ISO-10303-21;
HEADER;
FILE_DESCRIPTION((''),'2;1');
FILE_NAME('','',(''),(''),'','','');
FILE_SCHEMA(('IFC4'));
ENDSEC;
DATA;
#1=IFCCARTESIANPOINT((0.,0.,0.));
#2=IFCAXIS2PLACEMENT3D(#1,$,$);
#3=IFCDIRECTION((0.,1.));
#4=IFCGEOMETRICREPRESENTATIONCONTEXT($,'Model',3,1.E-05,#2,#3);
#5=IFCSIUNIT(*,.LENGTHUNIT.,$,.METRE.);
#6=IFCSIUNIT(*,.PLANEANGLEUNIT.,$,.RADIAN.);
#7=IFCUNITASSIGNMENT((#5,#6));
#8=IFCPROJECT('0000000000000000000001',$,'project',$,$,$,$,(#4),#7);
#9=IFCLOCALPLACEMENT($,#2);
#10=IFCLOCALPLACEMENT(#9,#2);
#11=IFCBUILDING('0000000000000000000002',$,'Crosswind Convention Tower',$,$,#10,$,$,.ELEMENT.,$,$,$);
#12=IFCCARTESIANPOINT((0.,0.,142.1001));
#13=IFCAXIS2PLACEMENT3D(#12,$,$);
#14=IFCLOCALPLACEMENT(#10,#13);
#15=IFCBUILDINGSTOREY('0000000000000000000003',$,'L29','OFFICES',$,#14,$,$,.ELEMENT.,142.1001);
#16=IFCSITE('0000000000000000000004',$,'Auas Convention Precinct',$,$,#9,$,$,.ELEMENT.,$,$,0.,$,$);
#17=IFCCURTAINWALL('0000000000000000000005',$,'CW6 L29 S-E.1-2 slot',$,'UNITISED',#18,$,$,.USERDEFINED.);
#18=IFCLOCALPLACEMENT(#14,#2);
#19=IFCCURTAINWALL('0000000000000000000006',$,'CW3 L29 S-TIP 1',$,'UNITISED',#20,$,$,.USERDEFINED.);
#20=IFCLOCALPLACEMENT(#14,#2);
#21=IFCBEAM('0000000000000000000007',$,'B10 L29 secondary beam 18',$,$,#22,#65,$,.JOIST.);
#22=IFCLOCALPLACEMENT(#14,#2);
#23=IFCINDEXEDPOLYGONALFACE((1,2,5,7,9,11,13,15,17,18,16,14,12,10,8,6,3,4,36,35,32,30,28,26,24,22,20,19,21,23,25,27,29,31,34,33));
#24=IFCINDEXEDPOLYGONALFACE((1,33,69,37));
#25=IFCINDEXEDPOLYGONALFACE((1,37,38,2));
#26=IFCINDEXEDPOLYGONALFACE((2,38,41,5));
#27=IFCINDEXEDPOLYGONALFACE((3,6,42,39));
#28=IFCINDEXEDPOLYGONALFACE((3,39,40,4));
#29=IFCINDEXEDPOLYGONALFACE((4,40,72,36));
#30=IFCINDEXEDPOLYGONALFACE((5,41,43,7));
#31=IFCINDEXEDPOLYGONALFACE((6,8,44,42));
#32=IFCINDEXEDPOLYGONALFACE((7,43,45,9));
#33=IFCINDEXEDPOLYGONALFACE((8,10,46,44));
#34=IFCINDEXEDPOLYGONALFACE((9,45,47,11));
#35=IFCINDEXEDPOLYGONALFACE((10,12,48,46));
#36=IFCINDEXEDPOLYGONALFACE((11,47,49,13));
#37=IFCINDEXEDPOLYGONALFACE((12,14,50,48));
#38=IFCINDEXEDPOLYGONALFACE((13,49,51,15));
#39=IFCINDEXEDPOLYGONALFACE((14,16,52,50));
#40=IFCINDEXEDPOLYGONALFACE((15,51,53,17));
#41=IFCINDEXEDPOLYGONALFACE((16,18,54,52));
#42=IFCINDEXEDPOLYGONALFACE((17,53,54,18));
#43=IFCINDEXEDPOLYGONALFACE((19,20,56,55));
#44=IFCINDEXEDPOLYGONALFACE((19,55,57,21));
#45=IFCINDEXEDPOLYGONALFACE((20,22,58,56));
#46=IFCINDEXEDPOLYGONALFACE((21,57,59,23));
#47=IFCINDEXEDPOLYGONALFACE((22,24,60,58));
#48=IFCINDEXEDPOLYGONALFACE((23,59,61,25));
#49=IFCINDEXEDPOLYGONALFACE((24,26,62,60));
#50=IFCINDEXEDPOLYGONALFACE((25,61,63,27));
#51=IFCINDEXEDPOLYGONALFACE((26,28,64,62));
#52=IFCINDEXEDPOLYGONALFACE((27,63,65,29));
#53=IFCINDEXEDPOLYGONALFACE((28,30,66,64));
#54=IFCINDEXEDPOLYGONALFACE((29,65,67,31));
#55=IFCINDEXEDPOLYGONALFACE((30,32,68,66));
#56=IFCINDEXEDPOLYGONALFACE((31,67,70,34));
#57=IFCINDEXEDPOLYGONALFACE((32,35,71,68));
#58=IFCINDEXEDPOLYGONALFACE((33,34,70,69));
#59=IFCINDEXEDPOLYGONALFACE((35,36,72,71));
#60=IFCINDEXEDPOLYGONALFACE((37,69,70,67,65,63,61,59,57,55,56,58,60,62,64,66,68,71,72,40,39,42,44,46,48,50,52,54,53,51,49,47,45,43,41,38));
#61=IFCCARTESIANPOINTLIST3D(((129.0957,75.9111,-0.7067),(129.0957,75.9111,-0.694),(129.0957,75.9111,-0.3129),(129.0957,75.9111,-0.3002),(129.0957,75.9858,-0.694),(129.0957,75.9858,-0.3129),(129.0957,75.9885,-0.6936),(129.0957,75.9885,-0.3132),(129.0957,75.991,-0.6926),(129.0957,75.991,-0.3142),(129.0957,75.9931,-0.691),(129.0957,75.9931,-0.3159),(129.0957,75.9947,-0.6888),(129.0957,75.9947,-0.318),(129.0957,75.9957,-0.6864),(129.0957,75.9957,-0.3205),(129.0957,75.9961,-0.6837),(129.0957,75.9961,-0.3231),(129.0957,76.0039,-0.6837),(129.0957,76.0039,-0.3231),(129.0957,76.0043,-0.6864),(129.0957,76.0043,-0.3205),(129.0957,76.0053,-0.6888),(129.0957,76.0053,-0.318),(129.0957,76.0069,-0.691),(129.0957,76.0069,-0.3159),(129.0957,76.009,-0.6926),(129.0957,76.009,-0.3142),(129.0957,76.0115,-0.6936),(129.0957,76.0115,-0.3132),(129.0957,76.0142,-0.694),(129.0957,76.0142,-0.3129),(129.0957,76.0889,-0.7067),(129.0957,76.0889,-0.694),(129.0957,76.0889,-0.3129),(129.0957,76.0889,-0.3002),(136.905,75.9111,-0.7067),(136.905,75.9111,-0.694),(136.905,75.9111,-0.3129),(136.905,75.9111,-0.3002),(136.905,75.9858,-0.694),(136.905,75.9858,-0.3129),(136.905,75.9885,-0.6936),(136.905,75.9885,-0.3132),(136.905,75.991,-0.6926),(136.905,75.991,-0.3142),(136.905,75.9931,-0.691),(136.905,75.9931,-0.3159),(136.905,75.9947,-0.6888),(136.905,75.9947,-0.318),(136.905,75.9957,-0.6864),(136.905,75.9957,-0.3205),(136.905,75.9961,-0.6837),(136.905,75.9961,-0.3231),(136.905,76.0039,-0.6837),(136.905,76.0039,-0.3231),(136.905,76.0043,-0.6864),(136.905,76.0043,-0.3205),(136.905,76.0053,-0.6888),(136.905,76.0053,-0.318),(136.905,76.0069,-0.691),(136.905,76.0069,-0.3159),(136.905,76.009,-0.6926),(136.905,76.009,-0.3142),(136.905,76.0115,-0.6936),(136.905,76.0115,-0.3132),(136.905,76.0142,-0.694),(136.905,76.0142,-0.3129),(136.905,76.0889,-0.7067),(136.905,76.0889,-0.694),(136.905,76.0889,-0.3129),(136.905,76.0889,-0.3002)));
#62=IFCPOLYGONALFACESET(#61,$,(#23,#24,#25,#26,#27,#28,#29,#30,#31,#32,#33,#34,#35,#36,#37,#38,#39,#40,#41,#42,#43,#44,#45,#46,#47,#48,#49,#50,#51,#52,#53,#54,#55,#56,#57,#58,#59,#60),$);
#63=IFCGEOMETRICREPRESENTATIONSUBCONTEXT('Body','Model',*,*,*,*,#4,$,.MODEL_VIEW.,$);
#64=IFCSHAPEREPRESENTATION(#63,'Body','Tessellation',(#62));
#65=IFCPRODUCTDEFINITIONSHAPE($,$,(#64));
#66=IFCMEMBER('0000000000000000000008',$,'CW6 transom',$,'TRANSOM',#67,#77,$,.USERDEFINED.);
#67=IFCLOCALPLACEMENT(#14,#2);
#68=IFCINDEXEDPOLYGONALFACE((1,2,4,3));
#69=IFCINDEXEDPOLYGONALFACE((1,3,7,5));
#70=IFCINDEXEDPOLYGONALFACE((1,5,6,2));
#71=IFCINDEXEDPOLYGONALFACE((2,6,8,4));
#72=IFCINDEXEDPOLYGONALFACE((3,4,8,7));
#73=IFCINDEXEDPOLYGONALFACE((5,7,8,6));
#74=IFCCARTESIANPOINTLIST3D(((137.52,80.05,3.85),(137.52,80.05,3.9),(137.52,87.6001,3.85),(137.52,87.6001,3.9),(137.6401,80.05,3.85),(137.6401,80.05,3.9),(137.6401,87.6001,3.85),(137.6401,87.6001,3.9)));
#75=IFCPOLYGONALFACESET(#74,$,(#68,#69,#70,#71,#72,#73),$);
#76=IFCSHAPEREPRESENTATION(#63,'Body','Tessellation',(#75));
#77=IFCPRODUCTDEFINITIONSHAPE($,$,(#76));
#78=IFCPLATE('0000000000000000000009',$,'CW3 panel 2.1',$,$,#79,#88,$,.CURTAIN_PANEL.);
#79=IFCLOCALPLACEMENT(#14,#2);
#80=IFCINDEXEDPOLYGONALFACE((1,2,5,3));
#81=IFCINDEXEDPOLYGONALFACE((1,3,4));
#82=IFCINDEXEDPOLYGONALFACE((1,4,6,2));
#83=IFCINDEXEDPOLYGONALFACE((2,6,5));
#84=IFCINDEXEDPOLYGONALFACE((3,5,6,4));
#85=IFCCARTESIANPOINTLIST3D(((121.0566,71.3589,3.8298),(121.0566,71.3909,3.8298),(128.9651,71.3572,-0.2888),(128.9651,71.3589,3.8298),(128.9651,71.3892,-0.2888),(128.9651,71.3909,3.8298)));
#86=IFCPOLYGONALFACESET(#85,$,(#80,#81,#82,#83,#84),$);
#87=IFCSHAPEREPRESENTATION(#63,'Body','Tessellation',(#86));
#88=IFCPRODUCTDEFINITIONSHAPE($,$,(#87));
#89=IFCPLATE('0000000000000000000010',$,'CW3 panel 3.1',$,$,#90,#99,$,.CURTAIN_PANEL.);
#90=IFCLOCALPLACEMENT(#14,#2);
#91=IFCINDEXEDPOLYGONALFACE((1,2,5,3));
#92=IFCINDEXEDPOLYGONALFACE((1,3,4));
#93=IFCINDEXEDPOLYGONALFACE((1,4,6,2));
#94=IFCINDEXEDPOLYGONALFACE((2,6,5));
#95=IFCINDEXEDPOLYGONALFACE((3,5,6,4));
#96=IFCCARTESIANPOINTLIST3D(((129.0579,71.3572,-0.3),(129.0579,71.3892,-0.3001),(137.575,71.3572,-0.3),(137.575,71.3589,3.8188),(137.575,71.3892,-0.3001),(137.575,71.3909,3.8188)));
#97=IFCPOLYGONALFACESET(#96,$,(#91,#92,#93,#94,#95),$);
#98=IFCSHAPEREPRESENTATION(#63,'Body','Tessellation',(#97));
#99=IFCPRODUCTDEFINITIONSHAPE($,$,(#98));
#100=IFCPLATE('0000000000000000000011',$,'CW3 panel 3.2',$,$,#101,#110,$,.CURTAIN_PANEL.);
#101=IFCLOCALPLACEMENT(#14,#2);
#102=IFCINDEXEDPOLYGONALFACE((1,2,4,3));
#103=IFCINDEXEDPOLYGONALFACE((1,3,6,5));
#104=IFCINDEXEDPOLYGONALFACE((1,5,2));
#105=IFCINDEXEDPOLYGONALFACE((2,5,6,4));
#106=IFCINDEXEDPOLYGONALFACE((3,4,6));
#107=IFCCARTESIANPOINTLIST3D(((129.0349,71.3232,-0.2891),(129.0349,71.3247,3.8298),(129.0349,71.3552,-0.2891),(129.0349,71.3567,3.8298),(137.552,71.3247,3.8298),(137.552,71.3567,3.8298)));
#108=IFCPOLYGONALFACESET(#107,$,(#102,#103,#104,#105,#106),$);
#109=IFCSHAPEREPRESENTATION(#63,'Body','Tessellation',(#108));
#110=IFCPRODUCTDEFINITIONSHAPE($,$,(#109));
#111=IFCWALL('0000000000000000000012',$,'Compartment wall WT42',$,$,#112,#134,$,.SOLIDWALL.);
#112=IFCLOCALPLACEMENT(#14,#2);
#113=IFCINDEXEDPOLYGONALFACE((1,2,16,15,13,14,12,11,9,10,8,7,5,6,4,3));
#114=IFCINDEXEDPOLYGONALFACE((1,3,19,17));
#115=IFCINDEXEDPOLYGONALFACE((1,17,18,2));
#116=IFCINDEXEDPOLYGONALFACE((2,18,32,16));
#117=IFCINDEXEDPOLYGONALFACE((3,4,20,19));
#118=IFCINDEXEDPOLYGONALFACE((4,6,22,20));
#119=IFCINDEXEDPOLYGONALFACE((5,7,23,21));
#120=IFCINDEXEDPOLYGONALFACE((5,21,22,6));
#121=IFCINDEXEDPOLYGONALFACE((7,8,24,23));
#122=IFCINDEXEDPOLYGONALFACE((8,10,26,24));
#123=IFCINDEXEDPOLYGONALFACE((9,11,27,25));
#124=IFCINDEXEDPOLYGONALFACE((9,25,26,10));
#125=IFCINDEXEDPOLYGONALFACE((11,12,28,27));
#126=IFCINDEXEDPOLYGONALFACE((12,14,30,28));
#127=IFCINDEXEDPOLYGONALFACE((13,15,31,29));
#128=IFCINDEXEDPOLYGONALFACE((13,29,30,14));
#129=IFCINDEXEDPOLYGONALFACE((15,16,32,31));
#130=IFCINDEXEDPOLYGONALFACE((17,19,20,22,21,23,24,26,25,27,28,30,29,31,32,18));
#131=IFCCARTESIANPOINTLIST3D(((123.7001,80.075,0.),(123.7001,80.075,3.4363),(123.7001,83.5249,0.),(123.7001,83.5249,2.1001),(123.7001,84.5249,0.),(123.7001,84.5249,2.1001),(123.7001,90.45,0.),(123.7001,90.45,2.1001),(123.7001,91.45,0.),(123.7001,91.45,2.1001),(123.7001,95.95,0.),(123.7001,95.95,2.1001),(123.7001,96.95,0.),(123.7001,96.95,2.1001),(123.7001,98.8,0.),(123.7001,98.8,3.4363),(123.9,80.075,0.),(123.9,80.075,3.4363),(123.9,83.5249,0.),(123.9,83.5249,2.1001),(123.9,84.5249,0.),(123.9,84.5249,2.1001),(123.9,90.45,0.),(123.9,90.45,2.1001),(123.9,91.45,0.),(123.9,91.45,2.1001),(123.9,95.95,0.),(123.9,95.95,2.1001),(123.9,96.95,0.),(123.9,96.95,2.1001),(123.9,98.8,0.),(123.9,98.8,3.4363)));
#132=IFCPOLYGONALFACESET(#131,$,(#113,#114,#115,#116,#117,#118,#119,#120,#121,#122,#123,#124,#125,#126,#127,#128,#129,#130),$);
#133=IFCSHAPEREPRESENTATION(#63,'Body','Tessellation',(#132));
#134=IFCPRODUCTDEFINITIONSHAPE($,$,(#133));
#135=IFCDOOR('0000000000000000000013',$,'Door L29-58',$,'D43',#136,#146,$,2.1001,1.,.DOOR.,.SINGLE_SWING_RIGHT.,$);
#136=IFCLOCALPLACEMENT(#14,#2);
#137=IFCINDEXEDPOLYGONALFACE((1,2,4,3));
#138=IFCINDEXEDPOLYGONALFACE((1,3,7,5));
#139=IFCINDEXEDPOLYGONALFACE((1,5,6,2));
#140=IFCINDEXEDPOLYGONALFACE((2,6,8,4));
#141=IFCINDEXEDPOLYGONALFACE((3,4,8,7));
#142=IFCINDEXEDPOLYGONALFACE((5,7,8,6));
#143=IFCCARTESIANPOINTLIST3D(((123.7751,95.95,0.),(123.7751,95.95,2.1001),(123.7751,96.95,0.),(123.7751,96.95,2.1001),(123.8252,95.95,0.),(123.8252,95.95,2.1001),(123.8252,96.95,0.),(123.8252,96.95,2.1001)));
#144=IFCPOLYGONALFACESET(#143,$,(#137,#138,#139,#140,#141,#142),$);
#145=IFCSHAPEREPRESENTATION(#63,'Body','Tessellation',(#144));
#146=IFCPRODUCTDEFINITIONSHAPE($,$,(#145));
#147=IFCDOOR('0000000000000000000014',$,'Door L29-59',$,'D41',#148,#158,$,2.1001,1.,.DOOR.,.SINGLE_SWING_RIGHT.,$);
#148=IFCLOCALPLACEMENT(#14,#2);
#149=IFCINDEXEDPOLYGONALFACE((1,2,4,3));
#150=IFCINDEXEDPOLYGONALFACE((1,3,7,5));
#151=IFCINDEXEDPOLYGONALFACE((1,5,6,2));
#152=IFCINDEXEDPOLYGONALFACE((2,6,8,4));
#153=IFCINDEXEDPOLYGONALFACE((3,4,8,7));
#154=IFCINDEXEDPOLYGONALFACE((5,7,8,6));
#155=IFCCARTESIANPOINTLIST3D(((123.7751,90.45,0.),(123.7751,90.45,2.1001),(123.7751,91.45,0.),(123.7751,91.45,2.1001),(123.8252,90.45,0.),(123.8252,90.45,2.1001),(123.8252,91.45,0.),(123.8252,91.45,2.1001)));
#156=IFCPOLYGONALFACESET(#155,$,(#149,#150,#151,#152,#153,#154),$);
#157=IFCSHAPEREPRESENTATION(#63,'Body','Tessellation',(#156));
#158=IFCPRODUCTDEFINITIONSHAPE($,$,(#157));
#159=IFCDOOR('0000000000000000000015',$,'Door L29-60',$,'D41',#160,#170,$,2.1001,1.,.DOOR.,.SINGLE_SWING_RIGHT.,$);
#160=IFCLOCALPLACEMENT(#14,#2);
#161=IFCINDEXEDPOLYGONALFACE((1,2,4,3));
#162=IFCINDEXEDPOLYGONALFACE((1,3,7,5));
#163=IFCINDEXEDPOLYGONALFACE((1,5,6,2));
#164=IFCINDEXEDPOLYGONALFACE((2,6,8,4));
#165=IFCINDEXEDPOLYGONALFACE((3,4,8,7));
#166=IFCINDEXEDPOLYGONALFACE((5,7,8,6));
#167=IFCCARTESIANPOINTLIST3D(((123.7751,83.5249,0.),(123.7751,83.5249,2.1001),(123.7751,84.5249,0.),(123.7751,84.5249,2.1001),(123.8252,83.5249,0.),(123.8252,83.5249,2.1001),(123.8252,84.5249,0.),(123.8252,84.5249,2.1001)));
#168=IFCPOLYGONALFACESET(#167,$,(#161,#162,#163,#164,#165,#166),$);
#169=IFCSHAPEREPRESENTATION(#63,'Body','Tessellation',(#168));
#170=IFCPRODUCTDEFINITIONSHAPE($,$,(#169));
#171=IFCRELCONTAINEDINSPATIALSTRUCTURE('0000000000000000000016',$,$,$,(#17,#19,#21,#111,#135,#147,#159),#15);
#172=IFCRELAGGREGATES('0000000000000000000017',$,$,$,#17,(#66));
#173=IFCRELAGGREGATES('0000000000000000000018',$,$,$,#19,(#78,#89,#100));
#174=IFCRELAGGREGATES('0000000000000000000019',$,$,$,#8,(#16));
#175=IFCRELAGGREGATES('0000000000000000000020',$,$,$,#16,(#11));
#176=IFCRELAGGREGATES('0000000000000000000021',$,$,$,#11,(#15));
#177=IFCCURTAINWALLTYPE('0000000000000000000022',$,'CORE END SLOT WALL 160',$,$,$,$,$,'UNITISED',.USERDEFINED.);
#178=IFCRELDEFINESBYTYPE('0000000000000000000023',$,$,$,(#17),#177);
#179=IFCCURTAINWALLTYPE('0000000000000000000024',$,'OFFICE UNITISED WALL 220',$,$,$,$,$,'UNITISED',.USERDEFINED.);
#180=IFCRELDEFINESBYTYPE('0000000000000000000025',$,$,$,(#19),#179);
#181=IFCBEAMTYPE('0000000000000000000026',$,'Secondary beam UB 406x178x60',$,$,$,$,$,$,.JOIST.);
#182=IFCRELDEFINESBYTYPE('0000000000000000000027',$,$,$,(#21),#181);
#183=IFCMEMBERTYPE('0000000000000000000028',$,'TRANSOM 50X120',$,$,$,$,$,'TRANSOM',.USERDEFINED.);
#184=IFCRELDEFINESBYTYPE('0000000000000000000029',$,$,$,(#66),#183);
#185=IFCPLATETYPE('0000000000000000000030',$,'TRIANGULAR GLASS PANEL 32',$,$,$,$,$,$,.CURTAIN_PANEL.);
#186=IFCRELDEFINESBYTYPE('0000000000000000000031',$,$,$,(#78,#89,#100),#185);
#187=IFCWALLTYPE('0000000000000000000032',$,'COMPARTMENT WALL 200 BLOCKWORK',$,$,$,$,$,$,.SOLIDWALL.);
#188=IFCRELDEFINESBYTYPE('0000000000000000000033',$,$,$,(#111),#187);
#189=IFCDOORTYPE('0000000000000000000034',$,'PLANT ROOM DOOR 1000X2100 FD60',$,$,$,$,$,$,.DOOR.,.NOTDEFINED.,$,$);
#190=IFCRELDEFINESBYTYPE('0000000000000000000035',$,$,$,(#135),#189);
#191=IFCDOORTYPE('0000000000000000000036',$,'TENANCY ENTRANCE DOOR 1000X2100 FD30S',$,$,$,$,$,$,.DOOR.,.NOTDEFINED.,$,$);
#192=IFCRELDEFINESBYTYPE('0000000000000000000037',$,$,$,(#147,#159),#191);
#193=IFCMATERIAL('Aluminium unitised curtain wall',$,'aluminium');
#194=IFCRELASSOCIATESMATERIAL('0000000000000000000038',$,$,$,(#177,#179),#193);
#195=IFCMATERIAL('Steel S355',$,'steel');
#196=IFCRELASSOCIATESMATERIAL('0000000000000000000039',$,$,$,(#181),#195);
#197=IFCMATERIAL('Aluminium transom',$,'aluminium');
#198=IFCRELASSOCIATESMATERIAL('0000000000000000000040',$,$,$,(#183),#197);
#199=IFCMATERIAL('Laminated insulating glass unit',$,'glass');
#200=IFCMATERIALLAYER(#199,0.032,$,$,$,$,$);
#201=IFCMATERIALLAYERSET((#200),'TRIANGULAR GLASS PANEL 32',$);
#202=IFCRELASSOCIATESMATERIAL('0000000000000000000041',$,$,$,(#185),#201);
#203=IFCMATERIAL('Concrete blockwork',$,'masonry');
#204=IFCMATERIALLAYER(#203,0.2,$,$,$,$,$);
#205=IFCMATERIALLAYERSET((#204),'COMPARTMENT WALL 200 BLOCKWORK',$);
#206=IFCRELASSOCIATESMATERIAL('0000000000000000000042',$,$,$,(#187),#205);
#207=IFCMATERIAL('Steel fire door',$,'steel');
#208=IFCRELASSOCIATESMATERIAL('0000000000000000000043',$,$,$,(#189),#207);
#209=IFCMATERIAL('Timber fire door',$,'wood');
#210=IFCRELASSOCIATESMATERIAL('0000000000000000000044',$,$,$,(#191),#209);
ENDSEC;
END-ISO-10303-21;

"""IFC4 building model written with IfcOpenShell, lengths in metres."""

from ifc_helpers import new_model, si_unit, direction, frame, frame_2d, origin, origin_2d, place, context, subcontext, project, spatial, polyline, rectangle, i_section, outline, extrude, material, layer, layer_set, material_profile, profile_set, type_object, element, fill, aggregate, save


model = new_model("IFC4")

# Units and contexts
model_context = context("Model", 3, precision=1e-05, world=origin(), true_north=direction((0.0, 1.0)))
body_context = subcontext(model_context, "Body", "Model", "MODEL_VIEW")
ifc_project = project(units=[si_unit("LENGTHUNIT", "METRE"), si_unit("PLANEANGLEUNIT", "RADIAN")], contexts=[model_context])

# Site, building, storey
site_placement = place(None, origin())
site = spatial("IfcSite", under=ifc_project, at=site_placement, Name="Auas Convention Precinct", CompositionType="ELEMENT", RefElevation=0.0)
building_placement = place(site_placement, origin())
building = spatial("IfcBuilding", under=site, at=building_placement, Name="Crosswind Convention Tower", CompositionType="ELEMENT")
storey_placement = place(building_placement, frame((0.0, 0.0, 142.1001)))
storey = spatial("IfcBuildingStorey", under=building, at=storey_placement, Name="L29", Description="OFFICES", CompositionType="ELEMENT", Elevation=142.1001)

# Shared definitions
ifc_material_1 = material(Name="Steel S355", Category="steel")

# Curtain walls
ifc_material_2 = material(Name="Aluminium unitised curtain wall", Category="aluminium")
curtain_wall_type_1 = type_object("IfcCurtainWallType", Name="CORE END SLOT WALL 160", ElementType="UNITISED", PredefinedType="USERDEFINED", material=ifc_material_2)
curtain_wall_1_placement = place(storey_placement, origin())
curtain_wall_1 = element("IfcCurtainWall", 1, at=curtain_wall_1_placement, inside=storey, type_object=curtain_wall_type_1, Name="CW6 L29 S-E.1-2 slot", ObjectType="UNITISED", PredefinedType="USERDEFINED")
curtain_wall_type_2 = type_object("IfcCurtainWallType", Name="OFFICE UNITISED WALL 220", ElementType="UNITISED", PredefinedType="USERDEFINED", material=ifc_material_2)
curtain_wall_2_placement = place(storey_placement, origin())
curtain_wall_2 = element("IfcCurtainWall", 2, at=curtain_wall_2_placement, inside=storey, type_object=curtain_wall_type_2, Name="CW3 L29 S-TIP 1", ObjectType="UNITISED", PredefinedType="USERDEFINED")

# Beam
ifc_material_profile_1 = material_profile(ifc_material_1, i_section(OverallWidth=0.1777, OverallDepth=0.4065, WebThickness=0.0078, FlangeThickness=0.0127, FilletRadius=0.0103, at=origin_2d()), Name="UB 406x178x60")
ifc_profile_set_1 = profile_set([ifc_material_profile_1], Name="Steel S355")
beam_type_1 = type_object("IfcBeamType", Name="Secondary beam UB 406x178x60", PredefinedType="JOIST", material=ifc_profile_set_1)
beam_1_placement = place(storey_placement, frame((129.0957, 76.0, -0.5034), z_axis=(1.0, 0.0, 0.0), x_axis=(0.0, 1.0, 0.0)))
element("IfcBeam", 3, at=beam_1_placement, inside=storey, type_object=beam_type_1, Name="B10 L29 secondary beam 18", PredefinedType="JOIST", context=body_context, shape_type="SweptSolid", body=[
    extrude(i_section(OverallWidth=0.1777, OverallDepth=0.4065, WebThickness=0.0078, FlangeThickness=0.0127, FilletRadius=0.0103, at=origin_2d()), origin(), (0.0, 0.0, 1.0), 7.8093),
])

# Member
ifc_material_3 = material(Name="Aluminium transom", Category="aluminium")
ifc_material_profile_2 = material_profile(ifc_material_3, rectangle(XDim=0.1201, YDim=0.05, at=origin_2d()), Name="AL 120X50")
ifc_profile_set_2 = profile_set([ifc_material_profile_2], Name="Aluminium transom")
member_type_1 = type_object("IfcMemberType", Name="TRANSOM 50X120", ElementType="TRANSOM", PredefinedType="USERDEFINED", material=ifc_profile_set_2)
member_1_placement = place(storey_placement, frame((137.5801, 80.05, 3.875), z_axis=(0.0, 1.0, 0.0), x_axis=(-1.0, 0.0, 0.0)))
member_1 = element("IfcMember", 4, at=member_1_placement, type_object=member_type_1, Name="CW6 transom", ObjectType="TRANSOM", PredefinedType="USERDEFINED", context=body_context, shape_type="SweptSolid", body=[
    extrude(rectangle(XDim=0.1201, YDim=0.05, at=origin_2d()), origin(), (0.0, 0.0, 1.0), 7.55),
])
aggregate(curtain_wall_1, [member_1])

# Plates
ifc_material_4 = material(Name="Laminated insulating glass unit", Category="glass")
ifc_layer_1 = layer(ifc_material_4, 0.032)
ifc_layer_set_1 = layer_set([ifc_layer_1], Name="TRIANGULAR GLASS PANEL 32")
plate_type = type_object("IfcPlateType", Name="TRIANGULAR GLASS PANEL 32", PredefinedType="CURTAIN_PANEL", material=ifc_layer_set_1)
plate_1_placement = place(storey_placement, frame((128.9651, 71.3589, 3.8298), z_axis=(0.0, -1.0, 0.000415), x_axis=(-1.0, 0.0, 0.0)))
plate_1 = element("IfcPlate", 5, at=plate_1_placement, type_object=plate_type, Name="CW3 panel 2.1", PredefinedType="CURTAIN_PANEL", context=body_context, shape_type="SweptSolid", body=[
    extrude(outline(polyline([(0.0, 0.0), (7.9084, 0.0), (0.0, 4.1187), (0.0, 0.0)])), origin(), (0.0, 0.0, -1.0), 0.032),
])
plate_2_placement = place(storey_placement, frame((137.575, 71.3572, -0.3), z_axis=(0.0, -1.0, 0.000415), x_axis=(0.0, 0.000415, 1.0)))
plate_2 = element("IfcPlate", 6, at=plate_2_placement, type_object=plate_type, Name="CW3 panel 3.1", PredefinedType="CURTAIN_PANEL", context=body_context, shape_type="SweptSolid", body=[
    extrude(outline(polyline([(0.0, 0.0), (4.1189, 0.0), (0.0, 8.5171), (0.0, 0.0)])), origin(), (0.0, 0.0, -1.0), 0.032),
])
plate_3_placement = place(storey_placement, frame((129.0349, 71.3247, 3.8298), z_axis=(0.0, -1.0, 0.000356), x_axis=(0.0, -0.000356, -1.0)))
plate_3 = element("IfcPlate", 7, at=plate_3_placement, type_object=plate_type, Name="CW3 panel 3.2", PredefinedType="CURTAIN_PANEL", context=body_context, shape_type="SweptSolid", body=[
    extrude(outline(polyline([(0.0, 0.0), (4.1189, 0.0), (0.0, 8.5171), (0.0, 0.0)])), origin(), (0.0, 0.0, -1.0), 0.032),
])
aggregate(curtain_wall_2, [plate_1, plate_2, plate_3])

# Wall, openings, doors
ifc_material_5 = material(Name="Concrete blockwork", Category="masonry")
ifc_layer_2 = layer(ifc_material_5, 0.2)
ifc_layer_set_2 = layer_set([ifc_layer_2], Name="COMPARTMENT WALL 200 BLOCKWORK")
wall_type_1 = type_object("IfcWallType", Name="COMPARTMENT WALL 200 BLOCKWORK", PredefinedType="SOLIDWALL", material=ifc_layer_set_2)
wall_1_placement = place(storey_placement, frame((123.8, 80.075, 0.0), z_axis=(0.0, 0.0, 1.0), x_axis=(0.0, 1.0, 0.0)))
wall_1 = element("IfcWall", 8, at=wall_1_placement, inside=storey, type_object=wall_type_1, Name="Compartment wall WT42", PredefinedType="SOLIDWALL", context=body_context, shape_type="SweptSolid", body=[
    extrude(rectangle(XDim=18.7251, YDim=0.2, at=frame_2d((9.3625, 0.0))), origin(), (0.0, 0.0, 1.0), 3.4363),
])
opening_1_placement = place(wall_1_placement, frame((15.875, 0.0, 0.0)))
opening_1 = element("IfcOpeningElement", 9, at=opening_1_placement, cuts=wall_1, PredefinedType="OPENING", context=body_context, shape_type="SweptSolid", body=[
    extrude(rectangle(XDim=1.0, YDim=2.1001, at=frame_2d((0.5, 1.05))), frame((0.0, 0.1099, 0.0), z_axis=(0.0, -1.0, 0.0), x_axis=(1.0, 0.0, 0.0)), (0.0, 0.0, 1.0), 0.22),
])
opening_2_placement = place(wall_1_placement, frame((10.375, 0.0, 0.0)))
opening_2 = element("IfcOpeningElement", 10, at=opening_2_placement, cuts=wall_1, PredefinedType="OPENING", context=body_context, shape_type="SweptSolid", body=[
    extrude(rectangle(XDim=1.0, YDim=2.1001, at=frame_2d((0.5, 1.05))), frame((0.0, 0.1099, 0.0), z_axis=(0.0, -1.0, 0.0), x_axis=(1.0, 0.0, 0.0)), (0.0, 0.0, 1.0), 0.22),
])
opening_3_placement = place(wall_1_placement, frame((3.45, 0.0, 0.0)))
opening_3 = element("IfcOpeningElement", 11, at=opening_3_placement, cuts=wall_1, PredefinedType="OPENING", context=body_context, shape_type="SweptSolid", body=[
    extrude(rectangle(XDim=1.0, YDim=2.1001, at=frame_2d((0.5, 1.05))), frame((0.0, 0.1099, 0.0), z_axis=(0.0, -1.0, 0.0), x_axis=(1.0, 0.0, 0.0)), (0.0, 0.0, 1.0), 0.22),
])
ifc_material_6 = material(Name="Steel fire door", Category="steel")
door_type_1 = type_object("IfcDoorType", Name="PLANT ROOM DOOR 1000X2100 FD60", OperationType="NOTDEFINED", PredefinedType="DOOR", material=ifc_material_6)
door_1_placement = place(opening_1_placement, origin())
door_1 = element("IfcDoor", 12, at=door_1_placement, inside=storey, type_object=door_type_1, Name="Door L29-58", ObjectType="D43", OperationType="SINGLE_SWING_RIGHT", OverallHeight=2.1001, OverallWidth=1.0, PredefinedType="DOOR", context=body_context, shape_type="SweptSolid", body=[
    extrude(rectangle(XDim=1.0, YDim=2.1001, at=frame_2d((0.5, 1.05))), frame((0.0, 0.0249, 0.0), z_axis=(0.0, -1.0, 0.0), x_axis=(1.0, 0.0, 0.0)), (0.0, 0.0, 1.0), 0.05),
])
fill(opening_1, door_1)
ifc_material_7 = material(Name="Timber fire door", Category="wood")
door_type_2 = type_object("IfcDoorType", Name="TENANCY ENTRANCE DOOR 1000X2100 FD30S", OperationType="NOTDEFINED", PredefinedType="DOOR", material=ifc_material_7)
door_2_placement = place(opening_2_placement, origin())
door_2 = element("IfcDoor", 13, at=door_2_placement, inside=storey, type_object=door_type_2, Name="Door L29-59", ObjectType="D41", OperationType="SINGLE_SWING_RIGHT", OverallHeight=2.1001, OverallWidth=1.0, PredefinedType="DOOR", context=body_context, shape_type="SweptSolid", body=[
    extrude(rectangle(XDim=1.0, YDim=2.1001, at=frame_2d((0.5, 1.05))), frame((0.0, 0.0249, 0.0), z_axis=(0.0, -1.0, 0.0), x_axis=(1.0, 0.0, 0.0)), (0.0, 0.0, 1.0), 0.05),
])
fill(opening_2, door_2)
door_3_placement = place(opening_3_placement, origin())
door_3 = element("IfcDoor", 14, at=door_3_placement, inside=storey, type_object=door_type_2, Name="Door L29-60", ObjectType="D41", OperationType="SINGLE_SWING_RIGHT", OverallHeight=2.1001, OverallWidth=1.0, PredefinedType="DOOR", context=body_context, shape_type="SweptSolid", body=[
    extrude(rectangle(XDim=1.0, YDim=2.1001, at=frame_2d((0.5, 1.05))), frame((0.0, 0.0249, 0.0), z_axis=(0.0, -1.0, 0.0), x_axis=(1.0, 0.0, 0.0)), (0.0, 0.0, 1.0), 0.05),
])
fill(opening_3, door_3)

save(model, "model.ifc")
